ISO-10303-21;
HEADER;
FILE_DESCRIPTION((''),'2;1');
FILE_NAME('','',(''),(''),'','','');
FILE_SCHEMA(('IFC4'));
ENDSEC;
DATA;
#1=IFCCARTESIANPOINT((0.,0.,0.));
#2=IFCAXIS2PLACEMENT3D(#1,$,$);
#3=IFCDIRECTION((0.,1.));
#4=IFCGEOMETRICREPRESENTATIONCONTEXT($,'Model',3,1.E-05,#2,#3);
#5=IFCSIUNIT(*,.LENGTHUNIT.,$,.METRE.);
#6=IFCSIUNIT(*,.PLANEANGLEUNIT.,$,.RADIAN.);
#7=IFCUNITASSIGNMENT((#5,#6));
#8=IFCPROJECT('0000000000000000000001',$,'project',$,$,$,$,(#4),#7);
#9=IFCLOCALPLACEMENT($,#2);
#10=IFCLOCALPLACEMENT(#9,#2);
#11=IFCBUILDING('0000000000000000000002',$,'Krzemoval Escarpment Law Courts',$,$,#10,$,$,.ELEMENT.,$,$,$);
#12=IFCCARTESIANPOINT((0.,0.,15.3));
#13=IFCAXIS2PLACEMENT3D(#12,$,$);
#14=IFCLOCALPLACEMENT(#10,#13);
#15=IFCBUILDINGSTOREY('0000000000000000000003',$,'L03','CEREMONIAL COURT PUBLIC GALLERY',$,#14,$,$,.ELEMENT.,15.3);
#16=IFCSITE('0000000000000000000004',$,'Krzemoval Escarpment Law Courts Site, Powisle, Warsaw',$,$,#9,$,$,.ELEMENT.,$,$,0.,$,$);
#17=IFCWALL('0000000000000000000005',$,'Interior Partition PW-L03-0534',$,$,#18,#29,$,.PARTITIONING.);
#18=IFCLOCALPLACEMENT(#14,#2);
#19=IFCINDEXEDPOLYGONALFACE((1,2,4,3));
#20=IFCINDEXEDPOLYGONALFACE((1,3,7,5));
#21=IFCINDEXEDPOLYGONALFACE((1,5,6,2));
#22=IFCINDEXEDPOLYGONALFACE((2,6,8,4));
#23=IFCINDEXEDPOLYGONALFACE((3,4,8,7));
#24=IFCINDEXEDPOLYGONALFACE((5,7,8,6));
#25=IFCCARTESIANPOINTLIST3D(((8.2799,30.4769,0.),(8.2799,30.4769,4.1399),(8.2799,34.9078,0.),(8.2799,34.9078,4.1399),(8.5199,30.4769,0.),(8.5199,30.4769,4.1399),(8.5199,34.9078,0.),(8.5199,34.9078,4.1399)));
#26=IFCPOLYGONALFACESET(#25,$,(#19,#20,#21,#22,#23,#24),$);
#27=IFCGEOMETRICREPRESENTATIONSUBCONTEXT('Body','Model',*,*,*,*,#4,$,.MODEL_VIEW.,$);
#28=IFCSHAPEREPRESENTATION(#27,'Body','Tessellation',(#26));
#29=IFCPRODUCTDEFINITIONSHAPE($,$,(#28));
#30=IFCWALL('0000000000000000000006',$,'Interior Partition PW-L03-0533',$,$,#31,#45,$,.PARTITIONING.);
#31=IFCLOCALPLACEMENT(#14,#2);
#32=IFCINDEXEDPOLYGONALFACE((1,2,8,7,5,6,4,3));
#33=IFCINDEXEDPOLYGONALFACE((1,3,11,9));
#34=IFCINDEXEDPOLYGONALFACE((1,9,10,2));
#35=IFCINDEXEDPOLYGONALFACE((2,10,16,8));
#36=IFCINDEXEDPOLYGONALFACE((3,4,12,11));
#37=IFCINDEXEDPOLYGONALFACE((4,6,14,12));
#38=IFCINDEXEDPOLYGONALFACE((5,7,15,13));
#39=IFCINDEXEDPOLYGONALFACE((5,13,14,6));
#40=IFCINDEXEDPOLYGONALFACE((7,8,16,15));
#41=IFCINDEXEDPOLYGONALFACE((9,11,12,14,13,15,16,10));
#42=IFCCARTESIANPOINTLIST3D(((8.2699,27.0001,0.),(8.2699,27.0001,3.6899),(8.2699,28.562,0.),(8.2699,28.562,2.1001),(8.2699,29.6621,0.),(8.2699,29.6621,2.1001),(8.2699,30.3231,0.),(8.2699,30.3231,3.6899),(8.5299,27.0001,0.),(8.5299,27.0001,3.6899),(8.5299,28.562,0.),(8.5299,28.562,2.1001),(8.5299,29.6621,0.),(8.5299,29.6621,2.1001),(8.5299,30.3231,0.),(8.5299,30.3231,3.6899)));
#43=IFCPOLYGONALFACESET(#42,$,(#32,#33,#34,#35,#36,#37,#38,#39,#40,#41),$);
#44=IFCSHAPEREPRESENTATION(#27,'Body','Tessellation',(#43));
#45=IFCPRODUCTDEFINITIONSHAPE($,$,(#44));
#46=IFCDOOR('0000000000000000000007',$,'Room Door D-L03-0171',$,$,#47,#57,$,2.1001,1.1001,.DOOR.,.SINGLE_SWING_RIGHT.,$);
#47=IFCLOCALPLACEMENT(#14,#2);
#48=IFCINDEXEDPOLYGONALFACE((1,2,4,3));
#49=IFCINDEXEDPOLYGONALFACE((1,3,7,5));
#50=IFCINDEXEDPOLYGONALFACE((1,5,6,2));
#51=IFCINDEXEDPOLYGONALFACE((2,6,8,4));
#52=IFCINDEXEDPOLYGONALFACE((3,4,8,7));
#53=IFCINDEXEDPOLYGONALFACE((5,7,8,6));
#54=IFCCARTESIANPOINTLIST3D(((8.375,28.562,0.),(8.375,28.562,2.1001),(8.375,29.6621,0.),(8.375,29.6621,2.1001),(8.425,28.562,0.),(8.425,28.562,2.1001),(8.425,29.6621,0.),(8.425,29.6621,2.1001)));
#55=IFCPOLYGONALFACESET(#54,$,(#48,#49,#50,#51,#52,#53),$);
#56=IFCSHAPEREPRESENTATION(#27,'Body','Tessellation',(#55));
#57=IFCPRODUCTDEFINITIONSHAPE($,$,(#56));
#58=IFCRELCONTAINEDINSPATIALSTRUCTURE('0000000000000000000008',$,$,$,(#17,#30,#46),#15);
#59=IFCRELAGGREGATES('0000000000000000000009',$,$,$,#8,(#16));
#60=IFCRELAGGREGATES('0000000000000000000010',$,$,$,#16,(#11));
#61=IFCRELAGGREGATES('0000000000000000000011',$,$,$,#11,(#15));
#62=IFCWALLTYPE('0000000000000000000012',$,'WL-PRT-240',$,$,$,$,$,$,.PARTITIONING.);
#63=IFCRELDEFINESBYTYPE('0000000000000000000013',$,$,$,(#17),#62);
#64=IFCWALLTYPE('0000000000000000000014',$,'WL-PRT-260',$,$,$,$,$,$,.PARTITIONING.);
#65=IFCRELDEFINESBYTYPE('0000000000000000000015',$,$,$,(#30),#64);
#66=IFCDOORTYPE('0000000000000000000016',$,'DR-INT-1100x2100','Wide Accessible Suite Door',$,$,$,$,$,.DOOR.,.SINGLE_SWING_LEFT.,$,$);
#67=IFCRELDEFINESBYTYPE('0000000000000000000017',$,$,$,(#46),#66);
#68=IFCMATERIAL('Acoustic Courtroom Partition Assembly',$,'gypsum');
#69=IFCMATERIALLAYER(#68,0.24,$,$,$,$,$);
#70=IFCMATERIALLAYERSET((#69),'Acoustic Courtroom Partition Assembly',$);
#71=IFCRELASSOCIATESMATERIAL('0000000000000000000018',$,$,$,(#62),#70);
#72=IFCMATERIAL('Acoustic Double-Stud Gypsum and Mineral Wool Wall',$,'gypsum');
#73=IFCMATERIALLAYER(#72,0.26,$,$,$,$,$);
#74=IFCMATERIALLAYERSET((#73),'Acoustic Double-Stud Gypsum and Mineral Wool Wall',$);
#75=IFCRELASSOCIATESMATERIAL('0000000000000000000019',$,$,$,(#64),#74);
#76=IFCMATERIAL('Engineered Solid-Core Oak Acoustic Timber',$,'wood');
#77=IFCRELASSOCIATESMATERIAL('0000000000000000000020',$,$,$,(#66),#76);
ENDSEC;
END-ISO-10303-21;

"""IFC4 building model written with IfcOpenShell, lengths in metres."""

from ifc_helpers import new_model, si_unit, direction, frame, frame_2d, origin, place, context, subcontext, project, spatial, rectangle, extrude, material, layer, layer_set, type_object, element, fill, save


model = new_model("IFC4")

# Units and contexts
model_context = context("Model", 3, precision=1e-05, world=origin(), true_north=direction((0.0, 1.0)))
body_context = subcontext(model_context, "Body", "Model", "MODEL_VIEW")
ifc_project = project(units=[si_unit("LENGTHUNIT", "METRE"), si_unit("PLANEANGLEUNIT", "RADIAN")], contexts=[model_context])

# Site, building, storey
site_placement = place(None, origin())
site = spatial("IfcSite", under=ifc_project, at=site_placement, Name="Krzemoval Escarpment Law Courts Site, Powisle, Warsaw", CompositionType="ELEMENT", RefElevation=0.0)
building_placement = place(site_placement, origin())
building = spatial("IfcBuilding", under=site, at=building_placement, Name="Krzemoval Escarpment Law Courts", CompositionType="ELEMENT")
storey_placement = place(building_placement, frame((0.0, 0.0, 15.3)))
storey = spatial("IfcBuildingStorey", under=building, at=storey_placement, Name="L03", Description="CEREMONIAL COURT PUBLIC GALLERY", CompositionType="ELEMENT", Elevation=15.3)

# Wall
ifc_material_1 = material(Name="Acoustic Courtroom Partition Assembly", Category="gypsum")
ifc_layer_1 = layer(ifc_material_1, 0.24)
ifc_layer_set_1 = layer_set([ifc_layer_1], Name="Acoustic Courtroom Partition Assembly")
wall_type_1 = type_object("IfcWallType", Name="WL-PRT-240", PredefinedType="PARTITIONING", material=ifc_layer_set_1)
wall_1_placement = place(storey_placement, frame((8.3999, 30.4771, 0.0), z_axis=(0.0, 0.0, 1.0), x_axis=(0.0, 1.0, 0.0)))
element("IfcWall", 1, at=wall_1_placement, inside=storey, type_object=wall_type_1, Name="Interior Partition PW-L03-0534", PredefinedType="PARTITIONING", context=body_context, shape_type="SweptSolid", body=[
    extrude(rectangle(XDim=4.4309, YDim=0.24, at=frame_2d((2.2153, 0.0))), origin(), (0.0, 0.0, 1.0), 4.1399),
])

# Wall, opening, door
ifc_material_2 = material(Name="Acoustic Double-Stud Gypsum and Mineral Wool Wall", Category="gypsum")
ifc_layer_2 = layer(ifc_material_2, 0.26)
ifc_layer_set_2 = layer_set([ifc_layer_2], Name="Acoustic Double-Stud Gypsum and Mineral Wool Wall")
wall_type_2 = type_object("IfcWallType", Name="WL-PRT-260", PredefinedType="PARTITIONING", material=ifc_layer_set_2)
wall_2_placement = place(storey_placement, frame((8.3999, 27.0, 0.0), z_axis=(0.0, 0.0, 1.0), x_axis=(0.0, 1.0, 0.0)))
wall_2 = element("IfcWall", 2, at=wall_2_placement, inside=storey, type_object=wall_type_2, Name="Interior Partition PW-L03-0533", PredefinedType="PARTITIONING", context=body_context, shape_type="SweptSolid", body=[
    extrude(rectangle(XDim=3.323, YDim=0.26, at=frame_2d((1.6616, 0.0))), origin(), (0.0, 0.0, 1.0), 3.6899),
])
opening_1_placement = place(wall_2_placement, frame((1.562, 0.0, 0.0)))
opening_1 = element("IfcOpeningElement", 3, at=opening_1_placement, cuts=wall_2, PredefinedType="OPENING", context=body_context, shape_type="SweptSolid", body=[
    extrude(rectangle(XDim=1.1001, YDim=2.1001, at=frame_2d((0.55, 1.05))), frame((0.0, 0.145, 0.0), z_axis=(0.0, -1.0, 0.0), x_axis=(1.0, 0.0, 0.0)), (0.0, 0.0, 1.0), 0.29),
])
ifc_material_3 = material(Name="Engineered Solid-Core Oak Acoustic Timber", Category="wood")
door_type_1 = type_object("IfcDoorType", Name="DR-INT-1100x2100", Description="Wide Accessible Suite Door", OperationType="SINGLE_SWING_LEFT", PredefinedType="DOOR", material=ifc_material_3)
door_1_placement = place(opening_1_placement, origin())
door_1 = element("IfcDoor", 4, at=door_1_placement, inside=storey, type_object=door_type_1, Name="Room Door D-L03-0171", OperationType="SINGLE_SWING_RIGHT", OverallHeight=2.1001, OverallWidth=1.1001, PredefinedType="DOOR", context=body_context, shape_type="SweptSolid", body=[
    extrude(rectangle(XDim=1.1001, YDim=2.1001, at=frame_2d((0.55, 1.05))), frame((0.0, 0.0249, 0.0), z_axis=(0.0, -1.0, 0.0), x_axis=(1.0, 0.0, 0.0)), (0.0, 0.0, 1.0), 0.05),
])
fill(opening_1, door_1)

save(model, "model.ifc")
